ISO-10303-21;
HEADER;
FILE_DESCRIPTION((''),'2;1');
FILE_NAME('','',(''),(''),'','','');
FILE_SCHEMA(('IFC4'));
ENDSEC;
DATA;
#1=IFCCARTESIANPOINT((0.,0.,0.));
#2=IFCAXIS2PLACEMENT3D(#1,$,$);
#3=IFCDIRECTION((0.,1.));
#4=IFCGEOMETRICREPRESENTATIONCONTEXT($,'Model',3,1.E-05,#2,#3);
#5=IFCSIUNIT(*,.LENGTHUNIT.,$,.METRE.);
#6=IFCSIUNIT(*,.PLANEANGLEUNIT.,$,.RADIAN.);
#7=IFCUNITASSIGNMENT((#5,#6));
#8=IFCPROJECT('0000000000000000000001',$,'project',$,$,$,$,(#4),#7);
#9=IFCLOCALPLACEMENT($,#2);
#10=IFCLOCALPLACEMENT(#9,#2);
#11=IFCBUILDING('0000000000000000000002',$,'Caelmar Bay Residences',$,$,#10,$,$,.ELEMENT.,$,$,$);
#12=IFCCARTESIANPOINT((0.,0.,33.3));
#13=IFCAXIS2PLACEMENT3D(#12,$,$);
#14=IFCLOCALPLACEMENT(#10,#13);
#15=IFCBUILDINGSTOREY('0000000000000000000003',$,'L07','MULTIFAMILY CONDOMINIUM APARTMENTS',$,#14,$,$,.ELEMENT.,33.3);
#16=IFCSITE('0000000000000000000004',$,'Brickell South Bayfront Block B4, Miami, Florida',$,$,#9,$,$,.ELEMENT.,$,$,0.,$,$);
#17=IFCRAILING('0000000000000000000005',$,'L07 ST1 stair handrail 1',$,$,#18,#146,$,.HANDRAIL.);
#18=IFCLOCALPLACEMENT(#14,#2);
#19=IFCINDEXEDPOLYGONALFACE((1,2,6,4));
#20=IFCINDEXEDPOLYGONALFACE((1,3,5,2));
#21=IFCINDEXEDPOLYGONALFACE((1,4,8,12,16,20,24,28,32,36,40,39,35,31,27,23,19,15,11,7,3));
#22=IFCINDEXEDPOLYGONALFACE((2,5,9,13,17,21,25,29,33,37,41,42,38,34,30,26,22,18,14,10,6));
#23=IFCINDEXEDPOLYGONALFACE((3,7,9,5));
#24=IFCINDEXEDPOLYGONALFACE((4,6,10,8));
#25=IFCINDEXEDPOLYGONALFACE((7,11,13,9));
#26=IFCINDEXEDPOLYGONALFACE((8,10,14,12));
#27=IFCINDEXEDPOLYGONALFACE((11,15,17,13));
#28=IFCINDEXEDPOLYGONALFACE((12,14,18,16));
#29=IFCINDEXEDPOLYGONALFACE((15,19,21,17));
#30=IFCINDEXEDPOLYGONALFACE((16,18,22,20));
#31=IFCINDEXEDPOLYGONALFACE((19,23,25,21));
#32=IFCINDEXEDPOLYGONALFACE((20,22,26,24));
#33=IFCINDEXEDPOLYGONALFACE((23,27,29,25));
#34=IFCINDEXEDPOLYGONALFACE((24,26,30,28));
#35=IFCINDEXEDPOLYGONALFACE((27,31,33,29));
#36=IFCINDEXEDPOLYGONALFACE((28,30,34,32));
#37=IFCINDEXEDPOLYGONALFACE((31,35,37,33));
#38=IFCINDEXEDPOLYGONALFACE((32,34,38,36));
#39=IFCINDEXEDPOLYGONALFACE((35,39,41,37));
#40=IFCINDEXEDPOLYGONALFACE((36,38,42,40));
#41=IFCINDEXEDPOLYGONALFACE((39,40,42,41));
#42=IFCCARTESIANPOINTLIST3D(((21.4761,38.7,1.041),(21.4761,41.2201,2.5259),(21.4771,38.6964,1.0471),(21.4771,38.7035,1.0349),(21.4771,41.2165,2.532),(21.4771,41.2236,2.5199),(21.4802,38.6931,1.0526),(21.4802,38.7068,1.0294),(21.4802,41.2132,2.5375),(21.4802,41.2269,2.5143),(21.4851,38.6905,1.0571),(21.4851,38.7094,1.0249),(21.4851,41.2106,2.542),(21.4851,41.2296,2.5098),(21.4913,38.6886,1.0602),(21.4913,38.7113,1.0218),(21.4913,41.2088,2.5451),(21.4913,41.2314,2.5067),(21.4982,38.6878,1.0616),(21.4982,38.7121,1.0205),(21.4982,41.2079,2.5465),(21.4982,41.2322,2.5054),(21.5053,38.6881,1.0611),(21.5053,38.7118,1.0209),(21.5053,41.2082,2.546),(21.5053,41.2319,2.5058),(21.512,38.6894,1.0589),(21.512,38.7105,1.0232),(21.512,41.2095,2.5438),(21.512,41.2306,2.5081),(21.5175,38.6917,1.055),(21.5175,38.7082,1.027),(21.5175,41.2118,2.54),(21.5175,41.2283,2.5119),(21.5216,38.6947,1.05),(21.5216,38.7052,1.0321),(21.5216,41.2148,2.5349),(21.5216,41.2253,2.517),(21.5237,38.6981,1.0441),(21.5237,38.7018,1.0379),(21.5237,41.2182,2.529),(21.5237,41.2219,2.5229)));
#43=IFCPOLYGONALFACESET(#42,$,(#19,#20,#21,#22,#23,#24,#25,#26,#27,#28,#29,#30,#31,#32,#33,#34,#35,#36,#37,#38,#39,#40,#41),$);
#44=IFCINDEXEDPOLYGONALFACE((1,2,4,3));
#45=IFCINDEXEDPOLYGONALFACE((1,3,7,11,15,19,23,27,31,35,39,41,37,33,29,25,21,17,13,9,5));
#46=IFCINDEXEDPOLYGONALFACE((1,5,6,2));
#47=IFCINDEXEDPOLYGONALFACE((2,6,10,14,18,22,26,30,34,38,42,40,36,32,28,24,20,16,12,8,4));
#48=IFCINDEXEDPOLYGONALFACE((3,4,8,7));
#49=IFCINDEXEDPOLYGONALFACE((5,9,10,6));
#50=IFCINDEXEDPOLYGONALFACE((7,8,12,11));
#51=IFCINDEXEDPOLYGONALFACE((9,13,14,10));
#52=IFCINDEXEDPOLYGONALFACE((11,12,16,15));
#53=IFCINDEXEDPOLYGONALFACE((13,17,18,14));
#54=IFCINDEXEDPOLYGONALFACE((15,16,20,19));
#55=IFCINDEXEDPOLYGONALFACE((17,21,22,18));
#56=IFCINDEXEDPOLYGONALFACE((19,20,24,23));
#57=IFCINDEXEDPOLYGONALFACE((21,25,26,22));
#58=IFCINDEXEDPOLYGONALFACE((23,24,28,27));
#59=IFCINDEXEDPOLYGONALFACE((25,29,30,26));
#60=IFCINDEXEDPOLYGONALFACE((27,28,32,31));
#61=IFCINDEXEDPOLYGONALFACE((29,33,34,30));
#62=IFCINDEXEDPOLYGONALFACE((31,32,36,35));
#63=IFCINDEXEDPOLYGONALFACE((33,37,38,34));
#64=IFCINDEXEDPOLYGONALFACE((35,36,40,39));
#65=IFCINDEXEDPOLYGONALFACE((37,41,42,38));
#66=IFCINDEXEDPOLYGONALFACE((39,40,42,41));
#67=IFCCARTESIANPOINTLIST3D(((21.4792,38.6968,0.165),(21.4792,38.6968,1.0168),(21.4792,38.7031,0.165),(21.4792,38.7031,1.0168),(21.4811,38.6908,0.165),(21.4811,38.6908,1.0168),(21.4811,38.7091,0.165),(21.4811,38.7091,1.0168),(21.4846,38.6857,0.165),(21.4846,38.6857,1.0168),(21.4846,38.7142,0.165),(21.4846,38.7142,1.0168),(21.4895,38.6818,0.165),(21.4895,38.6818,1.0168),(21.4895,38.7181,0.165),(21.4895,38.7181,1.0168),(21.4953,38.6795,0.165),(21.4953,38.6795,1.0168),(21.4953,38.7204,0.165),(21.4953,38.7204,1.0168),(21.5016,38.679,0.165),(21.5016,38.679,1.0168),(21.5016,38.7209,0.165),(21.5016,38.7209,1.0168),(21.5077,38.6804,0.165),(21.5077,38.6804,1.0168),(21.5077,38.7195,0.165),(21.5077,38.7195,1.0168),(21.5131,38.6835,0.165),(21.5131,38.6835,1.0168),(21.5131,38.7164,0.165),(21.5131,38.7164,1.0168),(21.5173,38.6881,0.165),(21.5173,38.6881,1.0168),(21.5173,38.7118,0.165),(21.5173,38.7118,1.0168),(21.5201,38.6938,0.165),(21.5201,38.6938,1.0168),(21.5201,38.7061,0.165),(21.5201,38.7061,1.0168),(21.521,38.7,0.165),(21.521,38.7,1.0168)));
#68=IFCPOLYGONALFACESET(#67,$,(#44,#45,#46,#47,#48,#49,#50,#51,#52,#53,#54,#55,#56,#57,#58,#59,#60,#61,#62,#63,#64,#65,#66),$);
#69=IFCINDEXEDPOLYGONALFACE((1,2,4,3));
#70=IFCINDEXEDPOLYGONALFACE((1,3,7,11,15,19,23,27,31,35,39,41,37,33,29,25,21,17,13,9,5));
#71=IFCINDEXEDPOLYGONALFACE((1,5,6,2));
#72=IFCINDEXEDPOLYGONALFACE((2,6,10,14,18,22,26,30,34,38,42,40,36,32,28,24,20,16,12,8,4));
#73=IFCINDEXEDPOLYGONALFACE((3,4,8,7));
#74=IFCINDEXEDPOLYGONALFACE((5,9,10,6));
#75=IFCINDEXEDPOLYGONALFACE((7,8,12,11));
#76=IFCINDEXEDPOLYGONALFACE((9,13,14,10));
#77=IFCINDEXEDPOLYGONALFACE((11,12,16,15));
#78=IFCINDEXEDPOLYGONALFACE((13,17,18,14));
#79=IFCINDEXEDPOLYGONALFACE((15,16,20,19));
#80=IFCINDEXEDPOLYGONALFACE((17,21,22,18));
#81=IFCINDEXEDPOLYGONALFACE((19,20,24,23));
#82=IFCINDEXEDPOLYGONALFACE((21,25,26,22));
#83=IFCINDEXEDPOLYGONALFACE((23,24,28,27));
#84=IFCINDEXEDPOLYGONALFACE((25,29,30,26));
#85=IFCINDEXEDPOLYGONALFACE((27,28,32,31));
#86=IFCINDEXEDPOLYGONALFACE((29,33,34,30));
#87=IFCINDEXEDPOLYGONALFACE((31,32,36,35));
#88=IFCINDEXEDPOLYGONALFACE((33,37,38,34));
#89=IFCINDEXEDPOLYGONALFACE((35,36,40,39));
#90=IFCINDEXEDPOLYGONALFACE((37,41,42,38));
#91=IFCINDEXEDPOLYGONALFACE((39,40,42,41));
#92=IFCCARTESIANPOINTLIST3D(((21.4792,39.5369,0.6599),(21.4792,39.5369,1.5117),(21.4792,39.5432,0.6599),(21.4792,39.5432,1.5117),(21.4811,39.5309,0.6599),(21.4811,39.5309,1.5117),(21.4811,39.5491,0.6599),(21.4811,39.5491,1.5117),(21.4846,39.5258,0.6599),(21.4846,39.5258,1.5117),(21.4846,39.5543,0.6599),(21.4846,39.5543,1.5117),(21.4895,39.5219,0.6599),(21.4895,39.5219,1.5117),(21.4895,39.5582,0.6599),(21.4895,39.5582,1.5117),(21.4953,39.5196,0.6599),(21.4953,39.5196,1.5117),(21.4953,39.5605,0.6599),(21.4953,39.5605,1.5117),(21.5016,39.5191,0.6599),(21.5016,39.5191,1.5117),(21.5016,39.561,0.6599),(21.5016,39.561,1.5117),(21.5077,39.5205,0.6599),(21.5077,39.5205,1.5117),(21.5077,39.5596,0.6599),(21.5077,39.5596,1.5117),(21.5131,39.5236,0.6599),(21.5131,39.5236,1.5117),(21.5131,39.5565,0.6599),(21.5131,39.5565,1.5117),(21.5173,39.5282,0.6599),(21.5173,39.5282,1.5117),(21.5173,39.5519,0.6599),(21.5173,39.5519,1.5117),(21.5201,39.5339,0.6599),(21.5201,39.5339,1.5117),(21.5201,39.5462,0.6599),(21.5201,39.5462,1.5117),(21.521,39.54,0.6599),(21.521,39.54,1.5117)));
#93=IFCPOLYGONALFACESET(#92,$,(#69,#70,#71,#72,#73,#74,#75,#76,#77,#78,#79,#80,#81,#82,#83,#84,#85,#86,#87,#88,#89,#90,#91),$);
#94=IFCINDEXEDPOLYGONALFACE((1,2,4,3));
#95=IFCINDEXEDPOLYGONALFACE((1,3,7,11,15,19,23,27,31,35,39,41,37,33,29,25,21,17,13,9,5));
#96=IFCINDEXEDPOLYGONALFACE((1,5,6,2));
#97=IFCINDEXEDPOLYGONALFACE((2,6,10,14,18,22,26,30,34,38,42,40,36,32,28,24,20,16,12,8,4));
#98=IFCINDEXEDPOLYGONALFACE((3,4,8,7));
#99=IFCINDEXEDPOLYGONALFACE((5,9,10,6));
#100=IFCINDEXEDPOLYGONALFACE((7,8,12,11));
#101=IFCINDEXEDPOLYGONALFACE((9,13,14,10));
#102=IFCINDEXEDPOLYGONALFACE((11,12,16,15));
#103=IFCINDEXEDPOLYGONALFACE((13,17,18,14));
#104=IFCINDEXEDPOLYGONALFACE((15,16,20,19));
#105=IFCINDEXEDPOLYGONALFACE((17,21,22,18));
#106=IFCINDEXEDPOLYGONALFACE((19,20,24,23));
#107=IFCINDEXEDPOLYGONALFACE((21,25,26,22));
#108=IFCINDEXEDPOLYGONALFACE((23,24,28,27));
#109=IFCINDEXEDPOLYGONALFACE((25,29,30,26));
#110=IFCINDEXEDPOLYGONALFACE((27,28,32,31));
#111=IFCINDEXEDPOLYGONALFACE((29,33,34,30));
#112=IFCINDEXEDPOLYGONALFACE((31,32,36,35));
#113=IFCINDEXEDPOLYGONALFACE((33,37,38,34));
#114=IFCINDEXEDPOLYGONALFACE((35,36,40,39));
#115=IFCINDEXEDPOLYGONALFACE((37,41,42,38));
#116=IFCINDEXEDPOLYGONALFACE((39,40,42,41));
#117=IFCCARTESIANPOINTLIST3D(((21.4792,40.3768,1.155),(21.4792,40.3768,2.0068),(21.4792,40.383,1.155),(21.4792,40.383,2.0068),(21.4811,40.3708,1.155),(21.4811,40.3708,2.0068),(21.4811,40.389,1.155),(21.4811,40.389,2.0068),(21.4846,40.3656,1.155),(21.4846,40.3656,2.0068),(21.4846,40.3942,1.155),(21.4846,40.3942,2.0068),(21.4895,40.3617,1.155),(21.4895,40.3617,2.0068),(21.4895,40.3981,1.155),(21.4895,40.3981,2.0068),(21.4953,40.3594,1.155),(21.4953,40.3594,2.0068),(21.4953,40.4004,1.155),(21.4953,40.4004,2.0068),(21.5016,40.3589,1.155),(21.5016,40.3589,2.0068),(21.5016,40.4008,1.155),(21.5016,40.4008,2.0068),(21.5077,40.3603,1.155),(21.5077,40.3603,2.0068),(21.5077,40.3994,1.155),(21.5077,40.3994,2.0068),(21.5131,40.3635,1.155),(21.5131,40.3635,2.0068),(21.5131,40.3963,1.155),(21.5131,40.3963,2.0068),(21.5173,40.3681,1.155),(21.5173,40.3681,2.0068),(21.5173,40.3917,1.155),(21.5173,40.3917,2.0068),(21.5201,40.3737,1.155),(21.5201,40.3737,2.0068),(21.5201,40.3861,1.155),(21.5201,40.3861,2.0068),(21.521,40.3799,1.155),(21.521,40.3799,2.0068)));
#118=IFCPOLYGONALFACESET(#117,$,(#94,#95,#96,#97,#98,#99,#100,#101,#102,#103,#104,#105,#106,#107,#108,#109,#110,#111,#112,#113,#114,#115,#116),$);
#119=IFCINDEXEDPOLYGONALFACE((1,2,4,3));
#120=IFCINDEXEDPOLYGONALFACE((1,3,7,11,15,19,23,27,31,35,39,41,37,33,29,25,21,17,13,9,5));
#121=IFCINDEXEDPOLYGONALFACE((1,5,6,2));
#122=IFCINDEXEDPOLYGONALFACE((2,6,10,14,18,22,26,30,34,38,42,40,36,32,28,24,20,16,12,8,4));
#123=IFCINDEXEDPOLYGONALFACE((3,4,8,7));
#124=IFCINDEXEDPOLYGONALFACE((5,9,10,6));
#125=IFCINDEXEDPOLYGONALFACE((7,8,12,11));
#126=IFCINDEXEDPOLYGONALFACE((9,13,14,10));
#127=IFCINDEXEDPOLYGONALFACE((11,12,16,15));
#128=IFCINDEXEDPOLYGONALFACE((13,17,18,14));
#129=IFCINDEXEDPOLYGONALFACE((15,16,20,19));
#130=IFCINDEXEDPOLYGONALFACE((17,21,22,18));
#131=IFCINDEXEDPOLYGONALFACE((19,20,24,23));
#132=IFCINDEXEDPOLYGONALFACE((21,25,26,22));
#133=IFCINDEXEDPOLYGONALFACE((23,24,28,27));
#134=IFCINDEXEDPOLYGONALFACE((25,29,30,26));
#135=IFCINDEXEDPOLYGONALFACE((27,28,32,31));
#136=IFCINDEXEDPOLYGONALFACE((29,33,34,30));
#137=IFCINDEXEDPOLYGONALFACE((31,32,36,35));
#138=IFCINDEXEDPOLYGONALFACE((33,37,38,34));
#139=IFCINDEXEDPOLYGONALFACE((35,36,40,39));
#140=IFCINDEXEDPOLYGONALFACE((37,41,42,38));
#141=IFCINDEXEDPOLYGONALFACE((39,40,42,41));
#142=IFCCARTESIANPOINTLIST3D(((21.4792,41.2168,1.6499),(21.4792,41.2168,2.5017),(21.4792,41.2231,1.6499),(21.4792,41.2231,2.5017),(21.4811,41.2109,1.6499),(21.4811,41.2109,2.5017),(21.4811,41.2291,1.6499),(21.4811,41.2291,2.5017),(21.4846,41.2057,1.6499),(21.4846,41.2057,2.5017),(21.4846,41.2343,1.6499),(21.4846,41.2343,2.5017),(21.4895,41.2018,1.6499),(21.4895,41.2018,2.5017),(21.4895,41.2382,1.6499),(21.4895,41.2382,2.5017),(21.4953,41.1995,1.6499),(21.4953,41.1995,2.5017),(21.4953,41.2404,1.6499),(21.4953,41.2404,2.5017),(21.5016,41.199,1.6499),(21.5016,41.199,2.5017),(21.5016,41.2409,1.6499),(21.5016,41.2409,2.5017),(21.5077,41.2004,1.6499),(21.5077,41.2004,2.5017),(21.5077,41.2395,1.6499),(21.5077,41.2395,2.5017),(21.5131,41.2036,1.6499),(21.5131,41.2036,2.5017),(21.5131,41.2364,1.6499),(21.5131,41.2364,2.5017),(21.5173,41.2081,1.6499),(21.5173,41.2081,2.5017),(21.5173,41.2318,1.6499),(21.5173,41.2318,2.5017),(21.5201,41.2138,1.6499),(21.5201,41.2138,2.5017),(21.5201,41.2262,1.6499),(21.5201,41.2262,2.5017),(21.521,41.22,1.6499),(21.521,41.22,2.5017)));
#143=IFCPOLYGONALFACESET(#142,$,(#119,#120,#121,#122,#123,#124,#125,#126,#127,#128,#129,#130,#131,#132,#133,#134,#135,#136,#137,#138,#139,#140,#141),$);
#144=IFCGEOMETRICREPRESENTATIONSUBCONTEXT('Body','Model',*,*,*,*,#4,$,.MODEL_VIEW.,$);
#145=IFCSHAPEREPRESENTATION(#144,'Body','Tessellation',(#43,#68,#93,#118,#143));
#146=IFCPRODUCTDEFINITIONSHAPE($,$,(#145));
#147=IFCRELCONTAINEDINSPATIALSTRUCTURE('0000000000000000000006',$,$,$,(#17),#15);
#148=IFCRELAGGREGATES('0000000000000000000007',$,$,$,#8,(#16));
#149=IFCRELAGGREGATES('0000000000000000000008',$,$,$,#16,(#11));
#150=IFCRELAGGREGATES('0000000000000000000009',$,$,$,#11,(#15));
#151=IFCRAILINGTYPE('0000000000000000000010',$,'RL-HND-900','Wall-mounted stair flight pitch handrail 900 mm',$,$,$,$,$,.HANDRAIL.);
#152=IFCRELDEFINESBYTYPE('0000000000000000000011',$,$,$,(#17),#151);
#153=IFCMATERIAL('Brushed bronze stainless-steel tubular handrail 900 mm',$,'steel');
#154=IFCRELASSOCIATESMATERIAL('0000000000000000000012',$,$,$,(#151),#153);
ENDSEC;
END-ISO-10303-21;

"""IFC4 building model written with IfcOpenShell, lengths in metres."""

from ifc_helpers import new_model, si_unit, direction, frame, origin, origin_2d, place, context, subcontext, project, spatial, circle, extrude, material, type_object, element, save


model = new_model("IFC4")

# Units and contexts
model_context = context("Model", 3, precision=1e-05, world=origin(), true_north=direction((0.0, 1.0)))
body_context = subcontext(model_context, "Body", "Model", "MODEL_VIEW")
ifc_project = project(units=[si_unit("LENGTHUNIT", "METRE"), si_unit("PLANEANGLEUNIT", "RADIAN")], contexts=[model_context])

# Site, building, storey
site_placement = place(None, origin())
site = spatial("IfcSite", under=ifc_project, at=site_placement, Name="Brickell South Bayfront Block B4, Miami, Florida", CompositionType="ELEMENT", RefElevation=0.0)
building_placement = place(site_placement, origin())
building = spatial("IfcBuilding", under=site, at=building_placement, Name="Caelmar Bay Residences", CompositionType="ELEMENT")
storey_placement = place(building_placement, frame((0.0, 0.0, 33.3)))
storey = spatial("IfcBuildingStorey", under=building, at=storey_placement, Name="L07", Description="MULTIFAMILY CONDOMINIUM APARTMENTS", CompositionType="ELEMENT", Elevation=33.3)

# Railing
ifc_material_1 = material(Name="Brushed bronze stainless-steel tubular handrail 900 mm", Category="steel")
railing_type_1 = type_object("IfcRailingType", Name="RL-HND-900", Description="Wall-mounted stair flight pitch handrail 900 mm", PredefinedType="HANDRAIL", material=ifc_material_1)
railing_1_placement = place(storey_placement, frame((21.5, 38.7, 0.165)))
element("IfcRailing", 1, at=railing_1_placement, inside=storey, type_object=railing_type_1, Name="L07 ST1 stair handrail 1", PredefinedType="HANDRAIL", context=body_context, shape_type="SweptSolid", body=[
    extrude(circle(Radius=0.0239, at=origin_2d()), frame((0.0, 0.0, 0.876), z_axis=(0.0, 0.861561, 0.507655), x_axis=(-1.0, 0.0, 0.0)), (0.0, 0.0, 1.0), 2.925),
    extrude(circle(Radius=0.021, at=origin_2d()), origin(), (0.0, 0.0, 1.0), 0.8518),
    extrude(circle(Radius=0.021, at=origin_2d()), frame((0.0, 0.8401, 0.4949)), (0.0, 0.0, 1.0), 0.8518),
    extrude(circle(Radius=0.021, at=origin_2d()), frame((0.0, 1.6799, 0.99)), (0.0, 0.0, 1.0), 0.8518),
    extrude(circle(Radius=0.021, at=origin_2d()), frame((0.0, 2.52, 1.4849)), (0.0, 0.0, 1.0), 0.8518),
])

save(model, "model.ifc")
